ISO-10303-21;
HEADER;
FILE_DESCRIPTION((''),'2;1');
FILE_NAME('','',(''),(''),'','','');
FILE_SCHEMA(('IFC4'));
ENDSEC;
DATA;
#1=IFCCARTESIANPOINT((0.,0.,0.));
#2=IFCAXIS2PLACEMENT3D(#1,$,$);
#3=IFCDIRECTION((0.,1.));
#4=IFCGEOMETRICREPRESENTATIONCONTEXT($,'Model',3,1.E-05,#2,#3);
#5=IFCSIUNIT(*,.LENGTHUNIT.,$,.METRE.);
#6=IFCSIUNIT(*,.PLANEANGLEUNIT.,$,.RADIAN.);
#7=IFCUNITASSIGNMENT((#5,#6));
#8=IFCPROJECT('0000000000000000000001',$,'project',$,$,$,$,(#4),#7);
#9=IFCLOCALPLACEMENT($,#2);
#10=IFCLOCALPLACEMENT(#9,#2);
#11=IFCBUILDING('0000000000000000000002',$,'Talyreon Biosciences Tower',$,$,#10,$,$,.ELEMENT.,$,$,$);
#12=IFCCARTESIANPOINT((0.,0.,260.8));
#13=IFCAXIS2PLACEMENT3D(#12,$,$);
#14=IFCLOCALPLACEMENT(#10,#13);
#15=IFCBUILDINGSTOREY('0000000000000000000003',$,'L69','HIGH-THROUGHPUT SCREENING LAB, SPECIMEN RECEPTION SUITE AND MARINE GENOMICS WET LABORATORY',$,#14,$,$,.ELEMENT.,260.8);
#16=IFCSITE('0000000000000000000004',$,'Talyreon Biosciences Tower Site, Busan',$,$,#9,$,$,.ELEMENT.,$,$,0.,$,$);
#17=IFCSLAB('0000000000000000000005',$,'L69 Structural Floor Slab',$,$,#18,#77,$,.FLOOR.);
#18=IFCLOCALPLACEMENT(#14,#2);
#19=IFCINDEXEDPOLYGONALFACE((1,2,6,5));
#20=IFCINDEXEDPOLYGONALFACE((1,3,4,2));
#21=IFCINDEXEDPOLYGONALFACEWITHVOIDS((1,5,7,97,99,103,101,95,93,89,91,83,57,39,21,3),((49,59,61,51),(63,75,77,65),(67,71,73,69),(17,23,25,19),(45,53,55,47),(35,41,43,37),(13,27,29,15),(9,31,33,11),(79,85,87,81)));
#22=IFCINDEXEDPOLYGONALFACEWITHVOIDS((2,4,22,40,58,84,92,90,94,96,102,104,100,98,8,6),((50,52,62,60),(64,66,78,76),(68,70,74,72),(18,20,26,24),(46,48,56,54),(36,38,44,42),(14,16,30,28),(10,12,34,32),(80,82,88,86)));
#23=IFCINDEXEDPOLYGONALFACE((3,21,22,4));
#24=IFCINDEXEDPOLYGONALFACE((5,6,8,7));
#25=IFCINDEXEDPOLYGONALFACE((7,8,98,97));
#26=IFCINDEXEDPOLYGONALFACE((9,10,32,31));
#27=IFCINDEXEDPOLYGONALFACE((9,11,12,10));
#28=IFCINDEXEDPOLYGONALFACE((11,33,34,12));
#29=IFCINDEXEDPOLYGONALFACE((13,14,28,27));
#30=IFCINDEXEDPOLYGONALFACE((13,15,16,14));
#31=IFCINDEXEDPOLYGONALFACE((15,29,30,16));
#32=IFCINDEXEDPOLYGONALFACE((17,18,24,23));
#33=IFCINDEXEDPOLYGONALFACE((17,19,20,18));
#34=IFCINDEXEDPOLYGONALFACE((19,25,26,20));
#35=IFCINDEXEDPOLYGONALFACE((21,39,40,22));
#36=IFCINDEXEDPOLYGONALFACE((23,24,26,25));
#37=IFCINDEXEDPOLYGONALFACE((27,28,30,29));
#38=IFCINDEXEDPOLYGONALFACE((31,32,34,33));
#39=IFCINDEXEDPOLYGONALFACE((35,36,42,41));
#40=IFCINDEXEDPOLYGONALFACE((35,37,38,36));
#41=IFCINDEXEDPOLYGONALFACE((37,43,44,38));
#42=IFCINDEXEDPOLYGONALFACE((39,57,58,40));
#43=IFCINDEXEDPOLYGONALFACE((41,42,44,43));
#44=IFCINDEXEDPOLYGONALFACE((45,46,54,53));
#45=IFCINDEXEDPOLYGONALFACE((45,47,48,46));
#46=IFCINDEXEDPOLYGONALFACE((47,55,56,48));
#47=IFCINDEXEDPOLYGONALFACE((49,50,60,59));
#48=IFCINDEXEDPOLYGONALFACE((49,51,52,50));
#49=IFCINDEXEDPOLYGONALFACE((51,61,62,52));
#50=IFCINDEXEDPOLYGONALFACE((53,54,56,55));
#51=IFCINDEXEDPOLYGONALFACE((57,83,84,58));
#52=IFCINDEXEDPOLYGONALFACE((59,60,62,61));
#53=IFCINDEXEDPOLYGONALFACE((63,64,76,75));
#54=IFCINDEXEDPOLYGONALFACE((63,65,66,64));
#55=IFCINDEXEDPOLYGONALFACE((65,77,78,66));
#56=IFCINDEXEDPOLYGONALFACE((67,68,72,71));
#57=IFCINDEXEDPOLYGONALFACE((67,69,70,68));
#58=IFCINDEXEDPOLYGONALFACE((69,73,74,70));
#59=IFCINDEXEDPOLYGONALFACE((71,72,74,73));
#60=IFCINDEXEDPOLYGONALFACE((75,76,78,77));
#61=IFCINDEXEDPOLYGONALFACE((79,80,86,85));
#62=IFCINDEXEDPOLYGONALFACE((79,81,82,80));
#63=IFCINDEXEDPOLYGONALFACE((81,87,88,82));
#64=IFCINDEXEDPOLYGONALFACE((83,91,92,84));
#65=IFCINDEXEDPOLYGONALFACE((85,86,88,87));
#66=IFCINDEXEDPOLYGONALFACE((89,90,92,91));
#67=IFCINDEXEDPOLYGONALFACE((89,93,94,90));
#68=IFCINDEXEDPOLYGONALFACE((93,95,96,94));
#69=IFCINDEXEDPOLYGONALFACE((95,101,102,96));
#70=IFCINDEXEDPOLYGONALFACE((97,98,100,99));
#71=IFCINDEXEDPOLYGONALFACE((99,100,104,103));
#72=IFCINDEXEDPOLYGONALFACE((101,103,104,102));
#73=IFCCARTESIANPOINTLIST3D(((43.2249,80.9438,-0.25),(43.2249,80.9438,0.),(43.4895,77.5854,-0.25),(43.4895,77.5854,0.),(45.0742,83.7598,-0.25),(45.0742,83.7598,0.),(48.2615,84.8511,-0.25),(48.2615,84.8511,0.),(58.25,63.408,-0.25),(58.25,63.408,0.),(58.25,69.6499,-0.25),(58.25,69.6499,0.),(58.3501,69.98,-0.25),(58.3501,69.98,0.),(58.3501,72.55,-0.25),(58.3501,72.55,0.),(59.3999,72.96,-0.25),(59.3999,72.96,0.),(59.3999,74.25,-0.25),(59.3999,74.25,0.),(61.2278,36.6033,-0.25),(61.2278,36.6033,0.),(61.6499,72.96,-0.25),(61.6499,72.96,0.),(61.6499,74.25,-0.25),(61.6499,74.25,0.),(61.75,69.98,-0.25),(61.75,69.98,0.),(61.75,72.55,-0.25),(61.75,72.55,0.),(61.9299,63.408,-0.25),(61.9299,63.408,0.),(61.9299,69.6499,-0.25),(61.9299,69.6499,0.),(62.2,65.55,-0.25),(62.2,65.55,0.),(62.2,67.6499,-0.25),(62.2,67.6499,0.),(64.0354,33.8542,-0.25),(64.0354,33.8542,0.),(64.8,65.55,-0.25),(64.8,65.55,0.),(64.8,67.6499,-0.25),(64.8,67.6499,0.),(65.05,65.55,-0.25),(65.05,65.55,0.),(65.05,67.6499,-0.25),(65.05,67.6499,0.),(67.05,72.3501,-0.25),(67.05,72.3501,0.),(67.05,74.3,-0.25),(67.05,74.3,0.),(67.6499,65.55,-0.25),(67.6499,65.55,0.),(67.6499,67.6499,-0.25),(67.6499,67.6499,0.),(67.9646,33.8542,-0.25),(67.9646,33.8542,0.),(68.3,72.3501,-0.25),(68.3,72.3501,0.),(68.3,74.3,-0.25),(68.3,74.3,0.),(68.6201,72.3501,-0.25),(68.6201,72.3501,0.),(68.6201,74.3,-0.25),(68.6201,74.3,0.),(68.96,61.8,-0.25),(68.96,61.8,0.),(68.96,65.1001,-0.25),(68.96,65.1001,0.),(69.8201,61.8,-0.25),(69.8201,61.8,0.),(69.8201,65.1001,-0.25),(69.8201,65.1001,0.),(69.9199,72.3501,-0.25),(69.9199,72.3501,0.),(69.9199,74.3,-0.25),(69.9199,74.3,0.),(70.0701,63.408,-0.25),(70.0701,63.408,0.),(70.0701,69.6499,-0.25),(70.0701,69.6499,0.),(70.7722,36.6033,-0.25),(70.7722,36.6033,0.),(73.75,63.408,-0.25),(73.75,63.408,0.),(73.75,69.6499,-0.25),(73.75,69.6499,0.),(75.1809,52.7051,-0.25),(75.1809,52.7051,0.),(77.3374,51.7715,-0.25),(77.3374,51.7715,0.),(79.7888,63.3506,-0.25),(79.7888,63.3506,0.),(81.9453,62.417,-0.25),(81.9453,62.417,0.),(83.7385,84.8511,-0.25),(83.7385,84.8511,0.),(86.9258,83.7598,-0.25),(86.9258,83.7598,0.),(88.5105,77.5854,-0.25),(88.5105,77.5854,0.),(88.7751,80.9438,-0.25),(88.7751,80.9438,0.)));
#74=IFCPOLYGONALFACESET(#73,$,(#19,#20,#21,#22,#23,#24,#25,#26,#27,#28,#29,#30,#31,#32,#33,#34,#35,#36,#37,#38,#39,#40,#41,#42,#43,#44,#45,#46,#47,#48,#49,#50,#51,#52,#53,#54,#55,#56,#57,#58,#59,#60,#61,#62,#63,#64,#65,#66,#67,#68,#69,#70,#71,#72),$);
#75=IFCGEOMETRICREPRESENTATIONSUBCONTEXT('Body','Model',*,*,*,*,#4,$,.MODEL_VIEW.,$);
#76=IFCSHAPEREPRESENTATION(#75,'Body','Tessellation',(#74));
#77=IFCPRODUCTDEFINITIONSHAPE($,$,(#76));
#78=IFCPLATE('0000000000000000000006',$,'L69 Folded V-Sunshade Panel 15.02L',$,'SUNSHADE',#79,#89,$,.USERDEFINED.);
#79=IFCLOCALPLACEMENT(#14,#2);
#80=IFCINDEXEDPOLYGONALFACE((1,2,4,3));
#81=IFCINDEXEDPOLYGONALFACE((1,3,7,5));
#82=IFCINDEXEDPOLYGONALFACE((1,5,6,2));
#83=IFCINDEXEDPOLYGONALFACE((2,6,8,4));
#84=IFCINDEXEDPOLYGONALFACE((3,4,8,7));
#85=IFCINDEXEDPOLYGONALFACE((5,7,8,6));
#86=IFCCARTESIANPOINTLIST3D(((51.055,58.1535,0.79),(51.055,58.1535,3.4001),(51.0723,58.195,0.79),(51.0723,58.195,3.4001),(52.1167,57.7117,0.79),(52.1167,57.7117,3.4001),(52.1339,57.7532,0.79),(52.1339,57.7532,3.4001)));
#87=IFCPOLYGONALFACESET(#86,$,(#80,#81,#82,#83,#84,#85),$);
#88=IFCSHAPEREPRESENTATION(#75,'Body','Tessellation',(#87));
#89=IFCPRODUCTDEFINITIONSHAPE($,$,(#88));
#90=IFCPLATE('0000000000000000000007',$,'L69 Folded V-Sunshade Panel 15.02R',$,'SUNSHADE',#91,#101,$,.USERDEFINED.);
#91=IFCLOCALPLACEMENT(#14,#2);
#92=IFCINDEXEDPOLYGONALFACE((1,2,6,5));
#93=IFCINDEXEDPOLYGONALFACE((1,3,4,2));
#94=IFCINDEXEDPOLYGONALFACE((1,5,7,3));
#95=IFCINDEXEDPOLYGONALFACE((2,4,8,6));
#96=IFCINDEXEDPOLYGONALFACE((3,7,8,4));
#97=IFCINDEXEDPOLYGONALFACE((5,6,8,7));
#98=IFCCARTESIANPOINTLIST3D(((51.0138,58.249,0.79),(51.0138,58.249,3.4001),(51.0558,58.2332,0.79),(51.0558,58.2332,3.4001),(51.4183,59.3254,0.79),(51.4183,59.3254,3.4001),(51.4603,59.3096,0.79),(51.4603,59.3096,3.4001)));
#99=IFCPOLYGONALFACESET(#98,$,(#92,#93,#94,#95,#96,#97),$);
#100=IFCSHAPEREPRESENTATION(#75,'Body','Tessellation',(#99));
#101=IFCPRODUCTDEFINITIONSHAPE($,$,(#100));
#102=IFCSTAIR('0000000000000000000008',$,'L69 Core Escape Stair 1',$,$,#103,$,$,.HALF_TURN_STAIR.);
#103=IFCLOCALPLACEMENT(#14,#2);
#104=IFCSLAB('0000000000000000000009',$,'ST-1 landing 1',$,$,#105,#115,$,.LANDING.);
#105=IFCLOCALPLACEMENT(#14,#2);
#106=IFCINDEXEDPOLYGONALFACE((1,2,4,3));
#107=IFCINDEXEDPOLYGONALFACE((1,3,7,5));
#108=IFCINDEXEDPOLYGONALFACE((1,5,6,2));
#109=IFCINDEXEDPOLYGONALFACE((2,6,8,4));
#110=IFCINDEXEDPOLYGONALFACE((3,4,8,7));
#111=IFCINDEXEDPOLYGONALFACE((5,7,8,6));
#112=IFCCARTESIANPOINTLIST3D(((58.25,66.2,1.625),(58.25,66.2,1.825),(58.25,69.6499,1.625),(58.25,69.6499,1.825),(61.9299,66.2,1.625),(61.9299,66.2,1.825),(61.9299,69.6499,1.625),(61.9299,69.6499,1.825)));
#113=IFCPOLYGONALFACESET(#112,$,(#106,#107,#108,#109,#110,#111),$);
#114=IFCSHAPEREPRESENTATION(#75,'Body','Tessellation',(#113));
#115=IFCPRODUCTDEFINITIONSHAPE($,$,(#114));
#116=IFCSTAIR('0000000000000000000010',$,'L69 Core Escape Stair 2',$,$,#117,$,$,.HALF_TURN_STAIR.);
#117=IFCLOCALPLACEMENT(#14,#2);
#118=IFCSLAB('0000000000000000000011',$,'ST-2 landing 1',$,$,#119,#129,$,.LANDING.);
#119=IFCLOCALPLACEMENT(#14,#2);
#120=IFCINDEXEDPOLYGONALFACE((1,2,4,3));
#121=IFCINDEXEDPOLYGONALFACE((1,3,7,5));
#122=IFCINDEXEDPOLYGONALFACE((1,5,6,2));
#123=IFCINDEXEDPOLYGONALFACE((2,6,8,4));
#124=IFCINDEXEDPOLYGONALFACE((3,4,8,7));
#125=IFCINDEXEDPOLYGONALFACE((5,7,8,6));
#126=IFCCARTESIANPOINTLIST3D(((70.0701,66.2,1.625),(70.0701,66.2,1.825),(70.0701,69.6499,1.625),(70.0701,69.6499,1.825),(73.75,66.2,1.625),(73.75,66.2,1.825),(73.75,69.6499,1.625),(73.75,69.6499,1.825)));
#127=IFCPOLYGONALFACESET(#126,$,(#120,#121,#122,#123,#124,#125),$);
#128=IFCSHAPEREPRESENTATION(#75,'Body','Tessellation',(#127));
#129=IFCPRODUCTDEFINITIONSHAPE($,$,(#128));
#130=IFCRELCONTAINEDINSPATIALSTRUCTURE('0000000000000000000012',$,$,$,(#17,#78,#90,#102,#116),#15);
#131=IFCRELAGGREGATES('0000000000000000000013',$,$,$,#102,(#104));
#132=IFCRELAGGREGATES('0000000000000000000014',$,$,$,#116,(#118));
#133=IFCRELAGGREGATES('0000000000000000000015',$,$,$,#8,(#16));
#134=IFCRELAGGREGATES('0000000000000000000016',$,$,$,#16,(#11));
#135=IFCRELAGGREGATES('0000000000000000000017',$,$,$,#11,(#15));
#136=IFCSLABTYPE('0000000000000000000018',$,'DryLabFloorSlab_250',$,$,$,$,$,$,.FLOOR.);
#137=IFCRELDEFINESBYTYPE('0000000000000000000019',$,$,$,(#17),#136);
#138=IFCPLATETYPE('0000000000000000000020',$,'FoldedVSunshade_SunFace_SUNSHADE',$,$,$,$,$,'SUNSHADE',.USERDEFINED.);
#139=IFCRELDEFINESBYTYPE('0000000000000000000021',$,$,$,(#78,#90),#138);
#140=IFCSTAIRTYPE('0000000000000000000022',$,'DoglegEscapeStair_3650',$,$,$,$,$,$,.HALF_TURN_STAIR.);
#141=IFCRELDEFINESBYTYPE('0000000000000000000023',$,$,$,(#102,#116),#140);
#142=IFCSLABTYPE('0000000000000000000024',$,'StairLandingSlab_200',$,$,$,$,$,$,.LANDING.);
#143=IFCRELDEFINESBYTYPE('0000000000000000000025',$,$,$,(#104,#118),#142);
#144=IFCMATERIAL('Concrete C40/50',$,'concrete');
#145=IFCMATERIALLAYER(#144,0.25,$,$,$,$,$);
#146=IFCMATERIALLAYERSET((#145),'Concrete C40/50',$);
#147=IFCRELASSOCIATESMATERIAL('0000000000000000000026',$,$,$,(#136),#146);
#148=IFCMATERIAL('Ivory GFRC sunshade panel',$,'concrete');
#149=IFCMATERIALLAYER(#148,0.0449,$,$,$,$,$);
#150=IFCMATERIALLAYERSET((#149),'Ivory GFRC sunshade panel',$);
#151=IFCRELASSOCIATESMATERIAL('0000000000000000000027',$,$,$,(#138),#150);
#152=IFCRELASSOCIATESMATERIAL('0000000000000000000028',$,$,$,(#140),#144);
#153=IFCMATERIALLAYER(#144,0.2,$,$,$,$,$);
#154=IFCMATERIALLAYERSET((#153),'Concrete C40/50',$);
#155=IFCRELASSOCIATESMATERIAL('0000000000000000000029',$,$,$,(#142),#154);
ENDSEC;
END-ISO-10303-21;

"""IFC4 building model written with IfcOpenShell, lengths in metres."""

from ifc_helpers import new_model, si_unit, direction, frame, origin, origin_2d, place, context, subcontext, project, spatial, polyline, rectangle, outline, extrude, material, layer, layer_set, type_object, element, aggregate, save


model = new_model("IFC4")

# Units and contexts
model_context = context("Model", 3, precision=1e-05, world=origin(), true_north=direction((0.0, 1.0)))
body_context = subcontext(model_context, "Body", "Model", "MODEL_VIEW")
ifc_project = project(units=[si_unit("LENGTHUNIT", "METRE"), si_unit("PLANEANGLEUNIT", "RADIAN")], contexts=[model_context])

# Site, building, storey
site_placement = place(None, origin())
site = spatial("IfcSite", under=ifc_project, at=site_placement, Name="Talyreon Biosciences Tower Site, Busan", CompositionType="ELEMENT", RefElevation=0.0)
building_placement = place(site_placement, origin())
building = spatial("IfcBuilding", under=site, at=building_placement, Name="Talyreon Biosciences Tower", CompositionType="ELEMENT")
storey_placement = place(building_placement, frame((0.0, 0.0, 260.8)))
storey = spatial("IfcBuildingStorey", under=building, at=storey_placement, Name="L69", Description="HIGH-THROUGHPUT SCREENING LAB, SPECIMEN RECEPTION SUITE AND MARINE GENOMICS WET LABORATORY", CompositionType="ELEMENT", Elevation=260.8)

# Slab
ifc_material_1 = material(Name="Concrete C40/50", Category="concrete")
ifc_layer_1 = layer(ifc_material_1, 0.25)
ifc_layer_set_1 = layer_set([ifc_layer_1], Name="Concrete C40/50")
slab_type_1 = type_object("IfcSlabType", Name="DryLabFloorSlab_250", PredefinedType="FLOOR", material=ifc_layer_set_1)
slab_1_placement = place(storey_placement, frame((0.0, 0.0, -0.25)))
element("IfcSlab", 1, at=slab_1_placement, inside=storey, type_object=slab_type_1, Name="L69 Structural Floor Slab", PredefinedType="FLOOR", context=body_context, shape_type="SweptSolid", body=[
    extrude(outline(polyline([(43.4895, 77.5854), (43.2249, 80.9438), (45.0742, 83.7598), (48.2615, 84.8511), (83.7385, 84.8511), (86.9258, 83.7598), (88.7751, 80.9438), (88.5105, 77.5854), (81.9453, 62.417), (79.7888, 63.3506), (75.1809, 52.7051), (77.3374, 51.7715), (70.7722, 36.6033), (67.9646, 33.8542), (64.0354, 33.8542), (61.2278, 36.6033), (43.4895, 77.5854)]), holes=[polyline([(69.8201, 65.1001), (69.8201, 61.8), (68.96, 61.8), (68.96, 65.1001), (69.8201, 65.1001)]), polyline([(61.9299, 69.6499), (61.9299, 63.408), (58.25, 63.408), (58.25, 69.6499), (61.9299, 69.6499)]), polyline([(73.75, 69.6499), (73.75, 63.408), (70.0701, 63.408), (70.0701, 69.6499), (73.75, 69.6499)]), polyline([(64.8, 67.6499), (64.8, 65.55), (62.2, 65.55), (62.2, 67.6499), (64.8, 67.6499)]), polyline([(67.6499, 67.6499), (67.6499, 65.55), (65.05, 65.55), (65.05, 67.6499), (67.6499, 67.6499)]), polyline([(61.75, 72.55), (61.75, 69.98), (58.3501, 69.98), (58.3501, 72.55), (61.75, 72.55)]), polyline([(68.3, 74.3), (68.3, 72.3501), (67.05, 72.3501), (67.05, 74.3), (68.3, 74.3)]), polyline([(69.9199, 72.3501), (68.6201, 72.3501), (68.6201, 74.3), (69.9199, 74.3), (69.9199, 72.3501)]), polyline([(61.6499, 72.96), (59.3999, 72.96), (59.3999, 74.25), (61.6499, 74.25), (61.6499, 72.96)])]), origin(), (0.0, 0.0, 1.0), 0.25),
])

# Plates
ifc_material_2 = material(Name="Ivory GFRC sunshade panel", Category="concrete")
ifc_layer_2 = layer(ifc_material_2, 0.0449)
ifc_layer_set_2 = layer_set([ifc_layer_2], Name="Ivory GFRC sunshade panel")
plate_type_1 = type_object("IfcPlateType", Name="FoldedVSunshade_SunFace_SUNSHADE", ElementType="SUNSHADE", PredefinedType="USERDEFINED", material=ifc_layer_set_2)
for number, where, z_axis, x_axis, name in (
    (2, (51.5945, 57.9534, 0.79), (0.0, 0.0, 1.0), (-0.923244, 0.384215, 0.0), "L69 Folded V-Sunshade Panel 15.02L"),
    (3, (51.2371, 58.7793, 0.79), (0.0, 0.0, 1.0), (0.35176, 0.93609, 0.0), "L69 Folded V-Sunshade Panel 15.02R"),
):
    element("IfcPlate", number, at=place(storey_placement, frame(where, z_axis=z_axis, x_axis=x_axis)), inside=storey, type_object=plate_type_1, Name=name, ObjectType="SUNSHADE", PredefinedType="USERDEFINED", context=body_context, shape_type="SweptSolid", body=[
        extrude(rectangle(XDim=1.1499, YDim=0.0449, at=origin_2d()), origin(), (0.0, 0.0, 1.0), 2.6101),
    ])

# Stairs, slabs
stair_type = type_object("IfcStairType", Name="DoglegEscapeStair_3650", PredefinedType="HALF_TURN_STAIR", material=ifc_material_1)
stair_1_placement = place(storey_placement, origin())
stair_1 = element("IfcStair", 4, at=stair_1_placement, inside=storey, type_object=stair_type, Name="L69 Core Escape Stair 1", PredefinedType="HALF_TURN_STAIR")
ifc_layer_3 = layer(ifc_material_1, 0.2)
ifc_layer_set_3 = layer_set([ifc_layer_3], Name="Concrete C40/50")
slab_type_2 = type_object("IfcSlabType", Name="StairLandingSlab_200", PredefinedType="LANDING", material=ifc_layer_set_3)
slab_2_placement = place(storey_placement, frame((0.0, 0.0, 1.625)))
slab_2 = element("IfcSlab", 5, at=slab_2_placement, type_object=slab_type_2, Name="ST-1 landing 1", PredefinedType="LANDING", context=body_context, shape_type="SweptSolid", body=[
    extrude(outline(polyline([(61.9299, 66.2), (61.9299, 69.6499), (58.25, 69.6499), (58.25, 66.2), (61.9299, 66.2)])), origin(), (0.0, 0.0, 1.0), 0.2),
])
aggregate(stair_1, [slab_2])
stair_2_placement = place(storey_placement, origin())
stair_2 = element("IfcStair", 6, at=stair_2_placement, inside=storey, type_object=stair_type, Name="L69 Core Escape Stair 2", PredefinedType="HALF_TURN_STAIR")
slab_3_placement = place(storey_placement, frame((0.0, 0.0, 1.625)))
slab_3 = element("IfcSlab", 7, at=slab_3_placement, type_object=slab_type_2, Name="ST-2 landing 1", PredefinedType="LANDING", context=body_context, shape_type="SweptSolid", body=[
    extrude(outline(polyline([(73.75, 66.2), (73.75, 69.6499), (70.0701, 69.6499), (70.0701, 66.2), (73.75, 66.2)])), origin(), (0.0, 0.0, 1.0), 0.2),
])
aggregate(stair_2, [slab_3])

save(model, "model.ifc")
